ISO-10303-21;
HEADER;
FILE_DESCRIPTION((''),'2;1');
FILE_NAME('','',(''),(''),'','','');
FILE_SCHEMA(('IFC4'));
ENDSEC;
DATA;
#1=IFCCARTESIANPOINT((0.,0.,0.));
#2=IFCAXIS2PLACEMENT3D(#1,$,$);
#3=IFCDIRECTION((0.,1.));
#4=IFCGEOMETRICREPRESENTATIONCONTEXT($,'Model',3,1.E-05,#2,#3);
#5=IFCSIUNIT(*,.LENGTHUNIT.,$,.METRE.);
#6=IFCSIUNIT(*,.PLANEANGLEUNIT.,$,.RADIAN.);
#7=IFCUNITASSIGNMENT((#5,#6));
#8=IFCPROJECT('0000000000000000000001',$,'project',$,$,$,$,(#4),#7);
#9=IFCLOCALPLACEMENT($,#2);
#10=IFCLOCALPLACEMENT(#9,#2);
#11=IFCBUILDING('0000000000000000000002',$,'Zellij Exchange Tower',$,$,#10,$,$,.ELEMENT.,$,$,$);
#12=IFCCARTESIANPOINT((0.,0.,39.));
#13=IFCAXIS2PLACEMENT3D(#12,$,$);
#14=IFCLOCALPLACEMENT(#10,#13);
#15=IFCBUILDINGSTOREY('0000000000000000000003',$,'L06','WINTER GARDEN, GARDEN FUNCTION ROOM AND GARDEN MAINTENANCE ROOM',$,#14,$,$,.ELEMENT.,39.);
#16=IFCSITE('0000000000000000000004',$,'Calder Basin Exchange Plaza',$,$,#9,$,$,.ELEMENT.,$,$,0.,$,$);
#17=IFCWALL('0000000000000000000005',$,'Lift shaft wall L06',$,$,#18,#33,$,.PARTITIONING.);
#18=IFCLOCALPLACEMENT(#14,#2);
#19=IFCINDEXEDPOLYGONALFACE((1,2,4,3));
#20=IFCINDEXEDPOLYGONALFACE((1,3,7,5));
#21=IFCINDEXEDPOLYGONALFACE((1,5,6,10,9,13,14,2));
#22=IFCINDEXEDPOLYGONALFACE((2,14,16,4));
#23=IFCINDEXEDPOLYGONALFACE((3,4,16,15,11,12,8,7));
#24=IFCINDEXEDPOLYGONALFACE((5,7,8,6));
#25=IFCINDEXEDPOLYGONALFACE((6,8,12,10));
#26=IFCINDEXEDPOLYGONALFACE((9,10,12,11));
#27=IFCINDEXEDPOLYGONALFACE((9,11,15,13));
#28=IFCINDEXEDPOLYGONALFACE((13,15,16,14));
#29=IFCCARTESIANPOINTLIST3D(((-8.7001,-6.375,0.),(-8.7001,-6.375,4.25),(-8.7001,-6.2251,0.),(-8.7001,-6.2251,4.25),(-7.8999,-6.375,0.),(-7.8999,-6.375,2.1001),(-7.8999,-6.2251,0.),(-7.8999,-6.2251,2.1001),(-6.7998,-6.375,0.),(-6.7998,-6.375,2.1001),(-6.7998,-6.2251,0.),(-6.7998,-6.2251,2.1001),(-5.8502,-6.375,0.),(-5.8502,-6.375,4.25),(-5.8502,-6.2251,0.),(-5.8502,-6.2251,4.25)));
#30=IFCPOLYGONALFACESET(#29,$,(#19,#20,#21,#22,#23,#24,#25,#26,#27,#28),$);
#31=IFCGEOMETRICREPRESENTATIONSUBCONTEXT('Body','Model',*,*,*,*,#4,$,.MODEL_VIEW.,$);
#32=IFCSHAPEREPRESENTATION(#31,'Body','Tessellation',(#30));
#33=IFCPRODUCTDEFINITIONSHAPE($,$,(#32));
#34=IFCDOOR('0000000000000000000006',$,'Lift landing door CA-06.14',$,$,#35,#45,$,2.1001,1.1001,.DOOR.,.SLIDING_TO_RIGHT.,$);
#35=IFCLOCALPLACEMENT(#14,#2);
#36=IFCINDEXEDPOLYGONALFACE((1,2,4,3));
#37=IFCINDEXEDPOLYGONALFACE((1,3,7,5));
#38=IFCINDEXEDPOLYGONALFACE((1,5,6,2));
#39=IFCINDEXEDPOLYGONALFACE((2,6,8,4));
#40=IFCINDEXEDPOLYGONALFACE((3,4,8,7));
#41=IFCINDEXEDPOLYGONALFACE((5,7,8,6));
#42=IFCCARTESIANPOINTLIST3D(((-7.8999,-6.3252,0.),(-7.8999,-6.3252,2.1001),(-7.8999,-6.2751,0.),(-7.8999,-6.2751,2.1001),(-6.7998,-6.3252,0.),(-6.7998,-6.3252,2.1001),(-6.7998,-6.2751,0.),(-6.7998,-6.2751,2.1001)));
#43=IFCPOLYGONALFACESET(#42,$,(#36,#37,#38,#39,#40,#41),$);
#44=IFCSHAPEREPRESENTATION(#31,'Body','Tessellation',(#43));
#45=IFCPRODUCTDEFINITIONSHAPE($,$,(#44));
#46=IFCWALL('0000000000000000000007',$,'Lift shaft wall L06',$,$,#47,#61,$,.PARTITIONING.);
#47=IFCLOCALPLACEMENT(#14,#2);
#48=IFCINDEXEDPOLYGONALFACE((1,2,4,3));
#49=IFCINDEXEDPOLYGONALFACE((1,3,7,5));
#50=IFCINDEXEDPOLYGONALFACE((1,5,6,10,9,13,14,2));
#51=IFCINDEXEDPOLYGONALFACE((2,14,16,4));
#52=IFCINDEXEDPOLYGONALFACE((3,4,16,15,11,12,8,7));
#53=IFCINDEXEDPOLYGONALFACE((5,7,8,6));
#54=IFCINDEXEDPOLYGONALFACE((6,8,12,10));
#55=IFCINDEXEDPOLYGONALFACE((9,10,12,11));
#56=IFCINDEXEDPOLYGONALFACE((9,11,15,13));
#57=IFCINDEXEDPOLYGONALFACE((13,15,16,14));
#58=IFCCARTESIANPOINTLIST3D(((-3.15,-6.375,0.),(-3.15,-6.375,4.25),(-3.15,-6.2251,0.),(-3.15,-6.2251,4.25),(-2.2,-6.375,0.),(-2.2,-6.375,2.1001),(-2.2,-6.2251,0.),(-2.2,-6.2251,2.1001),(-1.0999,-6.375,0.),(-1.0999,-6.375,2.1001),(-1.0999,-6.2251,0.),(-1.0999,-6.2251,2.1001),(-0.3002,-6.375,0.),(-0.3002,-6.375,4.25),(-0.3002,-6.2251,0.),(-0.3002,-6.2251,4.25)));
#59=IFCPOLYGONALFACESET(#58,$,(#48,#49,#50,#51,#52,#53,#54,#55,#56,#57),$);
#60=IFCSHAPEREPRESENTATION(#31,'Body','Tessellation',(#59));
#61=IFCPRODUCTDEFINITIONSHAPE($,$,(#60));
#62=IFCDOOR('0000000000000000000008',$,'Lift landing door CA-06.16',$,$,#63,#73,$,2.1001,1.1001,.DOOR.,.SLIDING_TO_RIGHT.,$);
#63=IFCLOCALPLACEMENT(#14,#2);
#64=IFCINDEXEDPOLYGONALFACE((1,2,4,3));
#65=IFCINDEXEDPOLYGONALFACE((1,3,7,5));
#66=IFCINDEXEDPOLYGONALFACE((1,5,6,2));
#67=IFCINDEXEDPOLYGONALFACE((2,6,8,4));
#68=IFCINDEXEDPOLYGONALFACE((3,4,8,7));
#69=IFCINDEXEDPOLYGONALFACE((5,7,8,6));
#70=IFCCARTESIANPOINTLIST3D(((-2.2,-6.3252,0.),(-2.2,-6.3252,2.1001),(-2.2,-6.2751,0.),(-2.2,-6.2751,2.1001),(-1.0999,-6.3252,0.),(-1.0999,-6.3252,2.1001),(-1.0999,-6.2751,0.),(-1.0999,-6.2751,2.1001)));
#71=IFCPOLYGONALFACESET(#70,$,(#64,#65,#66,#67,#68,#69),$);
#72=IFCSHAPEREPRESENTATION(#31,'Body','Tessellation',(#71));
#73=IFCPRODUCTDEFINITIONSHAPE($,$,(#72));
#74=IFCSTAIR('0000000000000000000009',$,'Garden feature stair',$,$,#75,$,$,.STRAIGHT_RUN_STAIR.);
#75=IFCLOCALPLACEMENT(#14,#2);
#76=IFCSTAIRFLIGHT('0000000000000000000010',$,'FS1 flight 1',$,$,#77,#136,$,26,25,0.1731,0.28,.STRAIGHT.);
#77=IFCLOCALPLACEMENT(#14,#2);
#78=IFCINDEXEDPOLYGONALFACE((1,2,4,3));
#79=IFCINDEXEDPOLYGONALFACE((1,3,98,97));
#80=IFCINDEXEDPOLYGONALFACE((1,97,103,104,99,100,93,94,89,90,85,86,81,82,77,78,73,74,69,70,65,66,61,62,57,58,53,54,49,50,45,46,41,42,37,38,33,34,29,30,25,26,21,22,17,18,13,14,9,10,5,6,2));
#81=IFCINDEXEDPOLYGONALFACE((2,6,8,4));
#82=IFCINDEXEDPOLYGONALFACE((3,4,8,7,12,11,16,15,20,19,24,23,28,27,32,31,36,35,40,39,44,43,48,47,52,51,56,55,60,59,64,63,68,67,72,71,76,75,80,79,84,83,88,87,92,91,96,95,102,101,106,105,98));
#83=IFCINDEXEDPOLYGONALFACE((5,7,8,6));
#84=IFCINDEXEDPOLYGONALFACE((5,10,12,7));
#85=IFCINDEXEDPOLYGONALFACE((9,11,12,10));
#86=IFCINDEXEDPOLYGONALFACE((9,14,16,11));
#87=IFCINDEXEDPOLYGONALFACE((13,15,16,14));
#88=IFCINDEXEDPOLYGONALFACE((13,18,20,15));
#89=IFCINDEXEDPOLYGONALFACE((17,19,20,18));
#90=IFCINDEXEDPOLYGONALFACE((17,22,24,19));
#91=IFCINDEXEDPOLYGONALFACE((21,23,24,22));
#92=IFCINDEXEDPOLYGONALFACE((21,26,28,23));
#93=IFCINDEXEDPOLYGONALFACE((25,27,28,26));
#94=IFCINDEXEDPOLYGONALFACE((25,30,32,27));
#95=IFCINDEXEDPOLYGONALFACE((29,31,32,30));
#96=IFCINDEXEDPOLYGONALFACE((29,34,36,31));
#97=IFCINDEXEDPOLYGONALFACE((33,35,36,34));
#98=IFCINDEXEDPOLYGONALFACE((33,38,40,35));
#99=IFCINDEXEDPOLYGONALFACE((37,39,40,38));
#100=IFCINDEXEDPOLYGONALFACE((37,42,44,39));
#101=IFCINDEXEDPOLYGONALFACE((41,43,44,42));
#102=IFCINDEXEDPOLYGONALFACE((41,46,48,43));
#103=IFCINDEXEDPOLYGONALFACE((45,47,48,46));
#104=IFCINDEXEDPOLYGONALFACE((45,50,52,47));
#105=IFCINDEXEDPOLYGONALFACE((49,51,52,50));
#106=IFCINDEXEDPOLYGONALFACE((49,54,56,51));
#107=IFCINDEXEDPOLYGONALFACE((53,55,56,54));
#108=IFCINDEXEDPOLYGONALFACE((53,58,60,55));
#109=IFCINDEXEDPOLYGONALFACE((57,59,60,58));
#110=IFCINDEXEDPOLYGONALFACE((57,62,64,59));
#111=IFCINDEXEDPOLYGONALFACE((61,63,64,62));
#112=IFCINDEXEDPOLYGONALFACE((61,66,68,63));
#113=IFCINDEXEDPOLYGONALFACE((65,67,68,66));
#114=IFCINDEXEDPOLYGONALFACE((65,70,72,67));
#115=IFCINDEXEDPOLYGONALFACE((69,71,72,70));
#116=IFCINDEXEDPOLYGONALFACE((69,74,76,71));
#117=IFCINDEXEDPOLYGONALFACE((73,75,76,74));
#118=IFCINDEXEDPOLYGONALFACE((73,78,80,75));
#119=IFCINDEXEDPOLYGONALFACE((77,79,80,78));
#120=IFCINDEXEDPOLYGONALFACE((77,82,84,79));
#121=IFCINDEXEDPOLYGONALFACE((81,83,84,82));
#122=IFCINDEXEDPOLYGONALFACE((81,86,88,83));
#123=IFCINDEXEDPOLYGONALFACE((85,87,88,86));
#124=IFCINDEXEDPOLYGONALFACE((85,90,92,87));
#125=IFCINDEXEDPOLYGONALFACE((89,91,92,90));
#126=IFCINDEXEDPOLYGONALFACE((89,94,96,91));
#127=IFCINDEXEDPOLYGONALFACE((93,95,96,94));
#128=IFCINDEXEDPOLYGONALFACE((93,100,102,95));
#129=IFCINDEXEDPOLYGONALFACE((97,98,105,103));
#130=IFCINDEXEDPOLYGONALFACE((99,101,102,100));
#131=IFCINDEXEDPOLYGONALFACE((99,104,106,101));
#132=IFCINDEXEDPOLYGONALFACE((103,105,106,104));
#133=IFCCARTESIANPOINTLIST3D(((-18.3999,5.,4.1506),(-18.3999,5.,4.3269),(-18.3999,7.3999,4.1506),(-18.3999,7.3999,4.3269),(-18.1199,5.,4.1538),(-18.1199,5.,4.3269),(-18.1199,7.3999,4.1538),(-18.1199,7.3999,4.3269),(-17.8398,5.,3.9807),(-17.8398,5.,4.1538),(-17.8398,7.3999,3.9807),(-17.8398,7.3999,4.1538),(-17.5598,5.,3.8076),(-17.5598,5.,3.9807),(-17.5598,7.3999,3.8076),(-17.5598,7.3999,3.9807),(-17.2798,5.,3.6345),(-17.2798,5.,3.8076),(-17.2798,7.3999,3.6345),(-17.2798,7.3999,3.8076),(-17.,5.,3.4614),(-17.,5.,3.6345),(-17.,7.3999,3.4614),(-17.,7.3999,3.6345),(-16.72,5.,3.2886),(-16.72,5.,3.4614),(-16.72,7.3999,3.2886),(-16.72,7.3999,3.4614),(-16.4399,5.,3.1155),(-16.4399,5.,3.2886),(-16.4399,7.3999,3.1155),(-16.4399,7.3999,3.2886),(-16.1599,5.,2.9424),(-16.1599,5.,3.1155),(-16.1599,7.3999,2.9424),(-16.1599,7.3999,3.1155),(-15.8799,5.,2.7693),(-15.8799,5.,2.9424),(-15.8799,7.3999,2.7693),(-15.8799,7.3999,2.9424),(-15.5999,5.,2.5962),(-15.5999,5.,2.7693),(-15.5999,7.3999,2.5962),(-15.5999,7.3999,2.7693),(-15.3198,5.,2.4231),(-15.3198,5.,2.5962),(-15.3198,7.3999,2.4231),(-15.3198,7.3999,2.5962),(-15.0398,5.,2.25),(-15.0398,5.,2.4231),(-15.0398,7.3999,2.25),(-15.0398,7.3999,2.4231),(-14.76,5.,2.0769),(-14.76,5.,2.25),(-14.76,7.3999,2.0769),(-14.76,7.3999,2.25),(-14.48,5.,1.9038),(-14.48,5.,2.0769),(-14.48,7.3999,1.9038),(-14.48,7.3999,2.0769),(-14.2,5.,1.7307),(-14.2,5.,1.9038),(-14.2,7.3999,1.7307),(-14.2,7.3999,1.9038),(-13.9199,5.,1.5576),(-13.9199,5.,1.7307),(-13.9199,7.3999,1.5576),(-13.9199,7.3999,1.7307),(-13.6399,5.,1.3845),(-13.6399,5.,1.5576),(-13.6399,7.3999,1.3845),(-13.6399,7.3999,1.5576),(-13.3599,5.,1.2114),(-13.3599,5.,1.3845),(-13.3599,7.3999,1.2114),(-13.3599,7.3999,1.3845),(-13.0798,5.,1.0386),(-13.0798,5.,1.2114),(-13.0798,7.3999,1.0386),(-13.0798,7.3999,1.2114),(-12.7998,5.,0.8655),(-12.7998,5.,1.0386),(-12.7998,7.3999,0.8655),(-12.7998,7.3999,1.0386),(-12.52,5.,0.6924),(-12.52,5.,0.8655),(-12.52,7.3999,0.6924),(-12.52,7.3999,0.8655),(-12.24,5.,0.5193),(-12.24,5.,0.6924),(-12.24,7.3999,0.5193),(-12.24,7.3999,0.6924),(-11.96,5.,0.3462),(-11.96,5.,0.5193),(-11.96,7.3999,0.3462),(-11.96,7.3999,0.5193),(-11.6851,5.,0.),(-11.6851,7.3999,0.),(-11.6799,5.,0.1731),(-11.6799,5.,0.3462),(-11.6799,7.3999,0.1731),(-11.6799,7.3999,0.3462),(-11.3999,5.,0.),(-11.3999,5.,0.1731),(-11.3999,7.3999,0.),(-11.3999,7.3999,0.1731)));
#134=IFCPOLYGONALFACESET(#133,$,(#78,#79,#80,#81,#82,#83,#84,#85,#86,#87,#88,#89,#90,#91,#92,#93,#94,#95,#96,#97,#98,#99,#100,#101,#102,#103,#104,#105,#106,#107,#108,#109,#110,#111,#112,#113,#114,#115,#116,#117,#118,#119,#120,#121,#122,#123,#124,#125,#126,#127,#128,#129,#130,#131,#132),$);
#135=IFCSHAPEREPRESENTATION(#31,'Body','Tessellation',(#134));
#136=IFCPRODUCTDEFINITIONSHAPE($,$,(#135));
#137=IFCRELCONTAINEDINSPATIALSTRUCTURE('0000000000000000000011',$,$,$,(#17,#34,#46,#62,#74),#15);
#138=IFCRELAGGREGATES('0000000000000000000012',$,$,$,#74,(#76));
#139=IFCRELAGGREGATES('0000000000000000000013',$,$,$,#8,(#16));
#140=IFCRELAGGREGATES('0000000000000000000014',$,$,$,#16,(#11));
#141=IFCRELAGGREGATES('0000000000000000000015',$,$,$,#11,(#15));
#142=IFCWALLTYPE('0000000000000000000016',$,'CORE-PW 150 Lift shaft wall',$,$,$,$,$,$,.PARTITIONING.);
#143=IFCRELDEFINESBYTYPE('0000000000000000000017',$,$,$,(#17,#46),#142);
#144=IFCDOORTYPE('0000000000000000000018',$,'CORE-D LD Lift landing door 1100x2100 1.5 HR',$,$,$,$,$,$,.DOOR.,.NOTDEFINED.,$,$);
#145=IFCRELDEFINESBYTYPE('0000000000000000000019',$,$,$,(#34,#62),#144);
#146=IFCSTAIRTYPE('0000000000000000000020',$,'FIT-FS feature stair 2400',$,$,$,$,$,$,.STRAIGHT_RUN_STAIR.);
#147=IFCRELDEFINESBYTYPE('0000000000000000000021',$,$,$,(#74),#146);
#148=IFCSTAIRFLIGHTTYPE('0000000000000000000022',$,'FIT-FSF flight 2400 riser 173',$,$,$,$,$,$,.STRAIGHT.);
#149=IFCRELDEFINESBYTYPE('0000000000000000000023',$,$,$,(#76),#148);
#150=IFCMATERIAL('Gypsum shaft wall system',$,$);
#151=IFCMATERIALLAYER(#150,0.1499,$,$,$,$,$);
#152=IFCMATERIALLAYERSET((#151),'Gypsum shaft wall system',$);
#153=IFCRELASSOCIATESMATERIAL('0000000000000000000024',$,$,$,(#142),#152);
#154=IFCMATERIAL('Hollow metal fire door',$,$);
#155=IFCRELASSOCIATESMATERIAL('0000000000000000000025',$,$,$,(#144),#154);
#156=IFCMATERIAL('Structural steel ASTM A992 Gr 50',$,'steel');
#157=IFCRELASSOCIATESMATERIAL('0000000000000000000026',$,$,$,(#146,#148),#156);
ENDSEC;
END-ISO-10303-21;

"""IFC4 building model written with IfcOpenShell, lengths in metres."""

from ifc_helpers import new_model, si_unit, direction, frame, frame_2d, origin, place, context, subcontext, project, spatial, polyline, rectangle, outline, extrude, material, layer, layer_set, type_object, element, fill, aggregate, save


model = new_model("IFC4")

# Units and contexts
model_context = context("Model", 3, precision=1e-05, world=origin(), true_north=direction((0.0, 1.0)))
body_context = subcontext(model_context, "Body", "Model", "MODEL_VIEW")
ifc_project = project(units=[si_unit("LENGTHUNIT", "METRE"), si_unit("PLANEANGLEUNIT", "RADIAN")], contexts=[model_context])

# Site, building, storey
site_placement = place(None, origin())
site = spatial("IfcSite", under=ifc_project, at=site_placement, Name="Calder Basin Exchange Plaza", CompositionType="ELEMENT", RefElevation=0.0)
building_placement = place(site_placement, origin())
building = spatial("IfcBuilding", under=site, at=building_placement, Name="Zellij Exchange Tower", CompositionType="ELEMENT")
storey_placement = place(building_placement, frame((0.0, 0.0, 39.0)))
storey = spatial("IfcBuildingStorey", under=building, at=storey_placement, Name="L06", Description="WINTER GARDEN, GARDEN FUNCTION ROOM AND GARDEN MAINTENANCE ROOM", CompositionType="ELEMENT", Elevation=39.0)

# Shared definitions
ifc_material_1 = material(Name="Structural steel ASTM A992 Gr 50", Category="steel")

# Shared definitions
ifc_material_2 = material(Name="Gypsum shaft wall system")
ifc_material_3 = material(Name="Hollow metal fire door")

# Shared definitions
ifc_layer_1 = layer(ifc_material_2, 0.1499)
ifc_layer_set_1 = layer_set([ifc_layer_1], Name="Gypsum shaft wall system")
wall_type_1 = type_object("IfcWallType", Name="CORE-PW 150 Lift shaft wall", PredefinedType="PARTITIONING", material=ifc_layer_set_1)

# Walls, openings, doors
wall_1_placement = place(storey_placement, frame((-8.7, -6.3, 0.0), z_axis=(0.0, 0.0, 1.0), x_axis=(1.0, 0.0, 0.0)))
wall_1 = element("IfcWall", 1, at=wall_1_placement, inside=storey, type_object=wall_type_1, Name="Lift shaft wall L06", PredefinedType="PARTITIONING", context=body_context, shape_type="SweptSolid", body=[
    extrude(rectangle(XDim=2.8499, YDim=0.1499, at=frame_2d((1.4248, 0.0))), origin(), (0.0, 0.0, 1.0), 4.25),
])
opening_1_placement = place(wall_1_placement, frame((0.8, 0.0, 0.0)))
opening_1 = element("IfcOpeningElement", 2, at=opening_1_placement, cuts=wall_1, PredefinedType="OPENING", context=body_context, shape_type="SweptSolid", body=[
    extrude(rectangle(XDim=1.1001, YDim=2.1001, at=frame_2d((0.55, 1.05))), frame((0.0, 0.0869, 0.0), z_axis=(0.0, -1.0, 0.0), x_axis=(1.0, 0.0, 0.0)), (0.0, 0.0, 1.0), 0.1738),
])
door_type_1 = type_object("IfcDoorType", Name="CORE-D LD Lift landing door 1100x2100 1.5 HR", OperationType="NOTDEFINED", PredefinedType="DOOR", material=ifc_material_3)
door_1_placement = place(opening_1_placement, origin())
door_1 = element("IfcDoor", 3, at=door_1_placement, inside=storey, type_object=door_type_1, Name="Lift landing door CA-06.14", OperationType="SLIDING_TO_RIGHT", OverallHeight=2.1001, OverallWidth=1.1001, PredefinedType="DOOR", context=body_context, shape_type="SweptSolid", body=[
    extrude(rectangle(XDim=1.1001, YDim=2.1001, at=frame_2d((0.55, 1.05))), frame((0.0, 0.0249, 0.0), z_axis=(0.0, -1.0, 0.0), x_axis=(1.0, 0.0, 0.0)), (0.0, 0.0, 1.0), 0.05),
])
fill(opening_1, door_1)
wall_2_placement = place(storey_placement, frame((-3.1499, -6.3, 0.0), z_axis=(0.0, 0.0, 1.0), x_axis=(1.0, 0.0, 0.0)))
wall_2 = element("IfcWall", 4, at=wall_2_placement, inside=storey, type_object=wall_type_1, Name="Lift shaft wall L06", PredefinedType="PARTITIONING", context=body_context, shape_type="SweptSolid", body=[
    extrude(rectangle(XDim=2.8499, YDim=0.1499, at=frame_2d((1.4248, 0.0))), origin(), (0.0, 0.0, 1.0), 4.25),
])
opening_2_placement = place(wall_2_placement, frame((0.95, 0.0, 0.0)))
opening_2 = element("IfcOpeningElement", 5, at=opening_2_placement, cuts=wall_2, PredefinedType="OPENING", context=body_context, shape_type="SweptSolid", body=[
    extrude(rectangle(XDim=1.1001, YDim=2.1001, at=frame_2d((0.55, 1.05))), frame((0.0, 0.0869, 0.0), z_axis=(0.0, -1.0, 0.0), x_axis=(1.0, 0.0, 0.0)), (0.0, 0.0, 1.0), 0.1738),
])
door_2_placement = place(opening_2_placement, origin())
door_2 = element("IfcDoor", 6, at=door_2_placement, inside=storey, type_object=door_type_1, Name="Lift landing door CA-06.16", OperationType="SLIDING_TO_RIGHT", OverallHeight=2.1001, OverallWidth=1.1001, PredefinedType="DOOR", context=body_context, shape_type="SweptSolid", body=[
    extrude(rectangle(XDim=1.1001, YDim=2.1001, at=frame_2d((0.55, 1.05))), frame((0.0, 0.0249, 0.0), z_axis=(0.0, -1.0, 0.0), x_axis=(1.0, 0.0, 0.0)), (0.0, 0.0, 1.0), 0.05),
])
fill(opening_2, door_2)

# Stair, stair flight
stair_type = type_object("IfcStairType", Name="FIT-FS feature stair 2400", PredefinedType="STRAIGHT_RUN_STAIR", material=ifc_material_1)
stair_placement = place(storey_placement, origin())
stair = element("IfcStair", 7, at=stair_placement, inside=storey, type_object=stair_type, Name="Garden feature stair", PredefinedType="STRAIGHT_RUN_STAIR")
stair_flight_type = type_object("IfcStairFlightType", Name="FIT-FSF flight 2400 riser 173", PredefinedType="STRAIGHT", material=ifc_material_1)
stair_flight_placement = place(storey_placement, frame((-11.3999, 6.2, 0.0), z_axis=(0.0, 0.0, 1.0), x_axis=(-1.0, 0.0, 0.0)))
stair_flight = element("IfcStairFlight", 8, at=stair_flight_placement, type_object=stair_flight_type, Name="FS1 flight 1", NumberOfRisers=26, NumberOfTreads=25, PredefinedType="STRAIGHT", RiserHeight=0.1731, TreadLength=0.28, context=body_context, shape_type="SweptSolid", body=[
    extrude(outline(polyline([(0.0, 0.0), (0.0, 0.1731), (0.28, 0.1731), (0.28, 0.3462), (0.5601, 0.3462), (0.5601, 0.5193), (0.8401, 0.5193), (0.8401, 0.6924), (1.1201, 0.6924), (1.1201, 0.8655), (1.3999, 0.8655), (1.3999, 1.0386), (1.6799, 1.0386), (1.6799, 1.2114), (1.96, 1.2114), (1.96, 1.3845), (2.24, 1.3845), (2.24, 1.5576), (2.52, 1.5576), (2.52, 1.7307), (2.8, 1.7307), (2.8, 1.9038), (3.0801, 1.9038), (3.0801, 2.0769), (3.3601, 2.0769), (3.3601, 2.25), (3.6399, 2.25), (3.6399, 2.4231), (3.9199, 2.4231), (3.9199, 2.5962), (4.2, 2.5962), (4.2, 2.7693), (4.48, 2.7693), (4.48, 2.9424), (4.76, 2.9424), (4.76, 3.1155), (5.04, 3.1155), (5.04, 3.2886), (5.3201, 3.2886), (5.3201, 3.4614), (5.6001, 3.4614), (5.6001, 3.6345), (5.8799, 3.6345), (5.8799, 3.8076), (6.1599, 3.8076), (6.1599, 3.9807), (6.4399, 3.9807), (6.4399, 4.1538), (6.72, 4.1538), (6.72, 4.3269), (7.0, 4.3269), (7.0, 4.5), (7.0, 4.1506), (0.2852, 0.0), (0.0, 0.0)])), frame((0.0, 1.2, 0.0), z_axis=(0.0, -1.0, 0.0), x_axis=(1.0, 0.0, 0.0)), (0.0, 0.0, 1.0), 2.3999),
])
aggregate(stair, [stair_flight])

save(model, "model.ifc")
